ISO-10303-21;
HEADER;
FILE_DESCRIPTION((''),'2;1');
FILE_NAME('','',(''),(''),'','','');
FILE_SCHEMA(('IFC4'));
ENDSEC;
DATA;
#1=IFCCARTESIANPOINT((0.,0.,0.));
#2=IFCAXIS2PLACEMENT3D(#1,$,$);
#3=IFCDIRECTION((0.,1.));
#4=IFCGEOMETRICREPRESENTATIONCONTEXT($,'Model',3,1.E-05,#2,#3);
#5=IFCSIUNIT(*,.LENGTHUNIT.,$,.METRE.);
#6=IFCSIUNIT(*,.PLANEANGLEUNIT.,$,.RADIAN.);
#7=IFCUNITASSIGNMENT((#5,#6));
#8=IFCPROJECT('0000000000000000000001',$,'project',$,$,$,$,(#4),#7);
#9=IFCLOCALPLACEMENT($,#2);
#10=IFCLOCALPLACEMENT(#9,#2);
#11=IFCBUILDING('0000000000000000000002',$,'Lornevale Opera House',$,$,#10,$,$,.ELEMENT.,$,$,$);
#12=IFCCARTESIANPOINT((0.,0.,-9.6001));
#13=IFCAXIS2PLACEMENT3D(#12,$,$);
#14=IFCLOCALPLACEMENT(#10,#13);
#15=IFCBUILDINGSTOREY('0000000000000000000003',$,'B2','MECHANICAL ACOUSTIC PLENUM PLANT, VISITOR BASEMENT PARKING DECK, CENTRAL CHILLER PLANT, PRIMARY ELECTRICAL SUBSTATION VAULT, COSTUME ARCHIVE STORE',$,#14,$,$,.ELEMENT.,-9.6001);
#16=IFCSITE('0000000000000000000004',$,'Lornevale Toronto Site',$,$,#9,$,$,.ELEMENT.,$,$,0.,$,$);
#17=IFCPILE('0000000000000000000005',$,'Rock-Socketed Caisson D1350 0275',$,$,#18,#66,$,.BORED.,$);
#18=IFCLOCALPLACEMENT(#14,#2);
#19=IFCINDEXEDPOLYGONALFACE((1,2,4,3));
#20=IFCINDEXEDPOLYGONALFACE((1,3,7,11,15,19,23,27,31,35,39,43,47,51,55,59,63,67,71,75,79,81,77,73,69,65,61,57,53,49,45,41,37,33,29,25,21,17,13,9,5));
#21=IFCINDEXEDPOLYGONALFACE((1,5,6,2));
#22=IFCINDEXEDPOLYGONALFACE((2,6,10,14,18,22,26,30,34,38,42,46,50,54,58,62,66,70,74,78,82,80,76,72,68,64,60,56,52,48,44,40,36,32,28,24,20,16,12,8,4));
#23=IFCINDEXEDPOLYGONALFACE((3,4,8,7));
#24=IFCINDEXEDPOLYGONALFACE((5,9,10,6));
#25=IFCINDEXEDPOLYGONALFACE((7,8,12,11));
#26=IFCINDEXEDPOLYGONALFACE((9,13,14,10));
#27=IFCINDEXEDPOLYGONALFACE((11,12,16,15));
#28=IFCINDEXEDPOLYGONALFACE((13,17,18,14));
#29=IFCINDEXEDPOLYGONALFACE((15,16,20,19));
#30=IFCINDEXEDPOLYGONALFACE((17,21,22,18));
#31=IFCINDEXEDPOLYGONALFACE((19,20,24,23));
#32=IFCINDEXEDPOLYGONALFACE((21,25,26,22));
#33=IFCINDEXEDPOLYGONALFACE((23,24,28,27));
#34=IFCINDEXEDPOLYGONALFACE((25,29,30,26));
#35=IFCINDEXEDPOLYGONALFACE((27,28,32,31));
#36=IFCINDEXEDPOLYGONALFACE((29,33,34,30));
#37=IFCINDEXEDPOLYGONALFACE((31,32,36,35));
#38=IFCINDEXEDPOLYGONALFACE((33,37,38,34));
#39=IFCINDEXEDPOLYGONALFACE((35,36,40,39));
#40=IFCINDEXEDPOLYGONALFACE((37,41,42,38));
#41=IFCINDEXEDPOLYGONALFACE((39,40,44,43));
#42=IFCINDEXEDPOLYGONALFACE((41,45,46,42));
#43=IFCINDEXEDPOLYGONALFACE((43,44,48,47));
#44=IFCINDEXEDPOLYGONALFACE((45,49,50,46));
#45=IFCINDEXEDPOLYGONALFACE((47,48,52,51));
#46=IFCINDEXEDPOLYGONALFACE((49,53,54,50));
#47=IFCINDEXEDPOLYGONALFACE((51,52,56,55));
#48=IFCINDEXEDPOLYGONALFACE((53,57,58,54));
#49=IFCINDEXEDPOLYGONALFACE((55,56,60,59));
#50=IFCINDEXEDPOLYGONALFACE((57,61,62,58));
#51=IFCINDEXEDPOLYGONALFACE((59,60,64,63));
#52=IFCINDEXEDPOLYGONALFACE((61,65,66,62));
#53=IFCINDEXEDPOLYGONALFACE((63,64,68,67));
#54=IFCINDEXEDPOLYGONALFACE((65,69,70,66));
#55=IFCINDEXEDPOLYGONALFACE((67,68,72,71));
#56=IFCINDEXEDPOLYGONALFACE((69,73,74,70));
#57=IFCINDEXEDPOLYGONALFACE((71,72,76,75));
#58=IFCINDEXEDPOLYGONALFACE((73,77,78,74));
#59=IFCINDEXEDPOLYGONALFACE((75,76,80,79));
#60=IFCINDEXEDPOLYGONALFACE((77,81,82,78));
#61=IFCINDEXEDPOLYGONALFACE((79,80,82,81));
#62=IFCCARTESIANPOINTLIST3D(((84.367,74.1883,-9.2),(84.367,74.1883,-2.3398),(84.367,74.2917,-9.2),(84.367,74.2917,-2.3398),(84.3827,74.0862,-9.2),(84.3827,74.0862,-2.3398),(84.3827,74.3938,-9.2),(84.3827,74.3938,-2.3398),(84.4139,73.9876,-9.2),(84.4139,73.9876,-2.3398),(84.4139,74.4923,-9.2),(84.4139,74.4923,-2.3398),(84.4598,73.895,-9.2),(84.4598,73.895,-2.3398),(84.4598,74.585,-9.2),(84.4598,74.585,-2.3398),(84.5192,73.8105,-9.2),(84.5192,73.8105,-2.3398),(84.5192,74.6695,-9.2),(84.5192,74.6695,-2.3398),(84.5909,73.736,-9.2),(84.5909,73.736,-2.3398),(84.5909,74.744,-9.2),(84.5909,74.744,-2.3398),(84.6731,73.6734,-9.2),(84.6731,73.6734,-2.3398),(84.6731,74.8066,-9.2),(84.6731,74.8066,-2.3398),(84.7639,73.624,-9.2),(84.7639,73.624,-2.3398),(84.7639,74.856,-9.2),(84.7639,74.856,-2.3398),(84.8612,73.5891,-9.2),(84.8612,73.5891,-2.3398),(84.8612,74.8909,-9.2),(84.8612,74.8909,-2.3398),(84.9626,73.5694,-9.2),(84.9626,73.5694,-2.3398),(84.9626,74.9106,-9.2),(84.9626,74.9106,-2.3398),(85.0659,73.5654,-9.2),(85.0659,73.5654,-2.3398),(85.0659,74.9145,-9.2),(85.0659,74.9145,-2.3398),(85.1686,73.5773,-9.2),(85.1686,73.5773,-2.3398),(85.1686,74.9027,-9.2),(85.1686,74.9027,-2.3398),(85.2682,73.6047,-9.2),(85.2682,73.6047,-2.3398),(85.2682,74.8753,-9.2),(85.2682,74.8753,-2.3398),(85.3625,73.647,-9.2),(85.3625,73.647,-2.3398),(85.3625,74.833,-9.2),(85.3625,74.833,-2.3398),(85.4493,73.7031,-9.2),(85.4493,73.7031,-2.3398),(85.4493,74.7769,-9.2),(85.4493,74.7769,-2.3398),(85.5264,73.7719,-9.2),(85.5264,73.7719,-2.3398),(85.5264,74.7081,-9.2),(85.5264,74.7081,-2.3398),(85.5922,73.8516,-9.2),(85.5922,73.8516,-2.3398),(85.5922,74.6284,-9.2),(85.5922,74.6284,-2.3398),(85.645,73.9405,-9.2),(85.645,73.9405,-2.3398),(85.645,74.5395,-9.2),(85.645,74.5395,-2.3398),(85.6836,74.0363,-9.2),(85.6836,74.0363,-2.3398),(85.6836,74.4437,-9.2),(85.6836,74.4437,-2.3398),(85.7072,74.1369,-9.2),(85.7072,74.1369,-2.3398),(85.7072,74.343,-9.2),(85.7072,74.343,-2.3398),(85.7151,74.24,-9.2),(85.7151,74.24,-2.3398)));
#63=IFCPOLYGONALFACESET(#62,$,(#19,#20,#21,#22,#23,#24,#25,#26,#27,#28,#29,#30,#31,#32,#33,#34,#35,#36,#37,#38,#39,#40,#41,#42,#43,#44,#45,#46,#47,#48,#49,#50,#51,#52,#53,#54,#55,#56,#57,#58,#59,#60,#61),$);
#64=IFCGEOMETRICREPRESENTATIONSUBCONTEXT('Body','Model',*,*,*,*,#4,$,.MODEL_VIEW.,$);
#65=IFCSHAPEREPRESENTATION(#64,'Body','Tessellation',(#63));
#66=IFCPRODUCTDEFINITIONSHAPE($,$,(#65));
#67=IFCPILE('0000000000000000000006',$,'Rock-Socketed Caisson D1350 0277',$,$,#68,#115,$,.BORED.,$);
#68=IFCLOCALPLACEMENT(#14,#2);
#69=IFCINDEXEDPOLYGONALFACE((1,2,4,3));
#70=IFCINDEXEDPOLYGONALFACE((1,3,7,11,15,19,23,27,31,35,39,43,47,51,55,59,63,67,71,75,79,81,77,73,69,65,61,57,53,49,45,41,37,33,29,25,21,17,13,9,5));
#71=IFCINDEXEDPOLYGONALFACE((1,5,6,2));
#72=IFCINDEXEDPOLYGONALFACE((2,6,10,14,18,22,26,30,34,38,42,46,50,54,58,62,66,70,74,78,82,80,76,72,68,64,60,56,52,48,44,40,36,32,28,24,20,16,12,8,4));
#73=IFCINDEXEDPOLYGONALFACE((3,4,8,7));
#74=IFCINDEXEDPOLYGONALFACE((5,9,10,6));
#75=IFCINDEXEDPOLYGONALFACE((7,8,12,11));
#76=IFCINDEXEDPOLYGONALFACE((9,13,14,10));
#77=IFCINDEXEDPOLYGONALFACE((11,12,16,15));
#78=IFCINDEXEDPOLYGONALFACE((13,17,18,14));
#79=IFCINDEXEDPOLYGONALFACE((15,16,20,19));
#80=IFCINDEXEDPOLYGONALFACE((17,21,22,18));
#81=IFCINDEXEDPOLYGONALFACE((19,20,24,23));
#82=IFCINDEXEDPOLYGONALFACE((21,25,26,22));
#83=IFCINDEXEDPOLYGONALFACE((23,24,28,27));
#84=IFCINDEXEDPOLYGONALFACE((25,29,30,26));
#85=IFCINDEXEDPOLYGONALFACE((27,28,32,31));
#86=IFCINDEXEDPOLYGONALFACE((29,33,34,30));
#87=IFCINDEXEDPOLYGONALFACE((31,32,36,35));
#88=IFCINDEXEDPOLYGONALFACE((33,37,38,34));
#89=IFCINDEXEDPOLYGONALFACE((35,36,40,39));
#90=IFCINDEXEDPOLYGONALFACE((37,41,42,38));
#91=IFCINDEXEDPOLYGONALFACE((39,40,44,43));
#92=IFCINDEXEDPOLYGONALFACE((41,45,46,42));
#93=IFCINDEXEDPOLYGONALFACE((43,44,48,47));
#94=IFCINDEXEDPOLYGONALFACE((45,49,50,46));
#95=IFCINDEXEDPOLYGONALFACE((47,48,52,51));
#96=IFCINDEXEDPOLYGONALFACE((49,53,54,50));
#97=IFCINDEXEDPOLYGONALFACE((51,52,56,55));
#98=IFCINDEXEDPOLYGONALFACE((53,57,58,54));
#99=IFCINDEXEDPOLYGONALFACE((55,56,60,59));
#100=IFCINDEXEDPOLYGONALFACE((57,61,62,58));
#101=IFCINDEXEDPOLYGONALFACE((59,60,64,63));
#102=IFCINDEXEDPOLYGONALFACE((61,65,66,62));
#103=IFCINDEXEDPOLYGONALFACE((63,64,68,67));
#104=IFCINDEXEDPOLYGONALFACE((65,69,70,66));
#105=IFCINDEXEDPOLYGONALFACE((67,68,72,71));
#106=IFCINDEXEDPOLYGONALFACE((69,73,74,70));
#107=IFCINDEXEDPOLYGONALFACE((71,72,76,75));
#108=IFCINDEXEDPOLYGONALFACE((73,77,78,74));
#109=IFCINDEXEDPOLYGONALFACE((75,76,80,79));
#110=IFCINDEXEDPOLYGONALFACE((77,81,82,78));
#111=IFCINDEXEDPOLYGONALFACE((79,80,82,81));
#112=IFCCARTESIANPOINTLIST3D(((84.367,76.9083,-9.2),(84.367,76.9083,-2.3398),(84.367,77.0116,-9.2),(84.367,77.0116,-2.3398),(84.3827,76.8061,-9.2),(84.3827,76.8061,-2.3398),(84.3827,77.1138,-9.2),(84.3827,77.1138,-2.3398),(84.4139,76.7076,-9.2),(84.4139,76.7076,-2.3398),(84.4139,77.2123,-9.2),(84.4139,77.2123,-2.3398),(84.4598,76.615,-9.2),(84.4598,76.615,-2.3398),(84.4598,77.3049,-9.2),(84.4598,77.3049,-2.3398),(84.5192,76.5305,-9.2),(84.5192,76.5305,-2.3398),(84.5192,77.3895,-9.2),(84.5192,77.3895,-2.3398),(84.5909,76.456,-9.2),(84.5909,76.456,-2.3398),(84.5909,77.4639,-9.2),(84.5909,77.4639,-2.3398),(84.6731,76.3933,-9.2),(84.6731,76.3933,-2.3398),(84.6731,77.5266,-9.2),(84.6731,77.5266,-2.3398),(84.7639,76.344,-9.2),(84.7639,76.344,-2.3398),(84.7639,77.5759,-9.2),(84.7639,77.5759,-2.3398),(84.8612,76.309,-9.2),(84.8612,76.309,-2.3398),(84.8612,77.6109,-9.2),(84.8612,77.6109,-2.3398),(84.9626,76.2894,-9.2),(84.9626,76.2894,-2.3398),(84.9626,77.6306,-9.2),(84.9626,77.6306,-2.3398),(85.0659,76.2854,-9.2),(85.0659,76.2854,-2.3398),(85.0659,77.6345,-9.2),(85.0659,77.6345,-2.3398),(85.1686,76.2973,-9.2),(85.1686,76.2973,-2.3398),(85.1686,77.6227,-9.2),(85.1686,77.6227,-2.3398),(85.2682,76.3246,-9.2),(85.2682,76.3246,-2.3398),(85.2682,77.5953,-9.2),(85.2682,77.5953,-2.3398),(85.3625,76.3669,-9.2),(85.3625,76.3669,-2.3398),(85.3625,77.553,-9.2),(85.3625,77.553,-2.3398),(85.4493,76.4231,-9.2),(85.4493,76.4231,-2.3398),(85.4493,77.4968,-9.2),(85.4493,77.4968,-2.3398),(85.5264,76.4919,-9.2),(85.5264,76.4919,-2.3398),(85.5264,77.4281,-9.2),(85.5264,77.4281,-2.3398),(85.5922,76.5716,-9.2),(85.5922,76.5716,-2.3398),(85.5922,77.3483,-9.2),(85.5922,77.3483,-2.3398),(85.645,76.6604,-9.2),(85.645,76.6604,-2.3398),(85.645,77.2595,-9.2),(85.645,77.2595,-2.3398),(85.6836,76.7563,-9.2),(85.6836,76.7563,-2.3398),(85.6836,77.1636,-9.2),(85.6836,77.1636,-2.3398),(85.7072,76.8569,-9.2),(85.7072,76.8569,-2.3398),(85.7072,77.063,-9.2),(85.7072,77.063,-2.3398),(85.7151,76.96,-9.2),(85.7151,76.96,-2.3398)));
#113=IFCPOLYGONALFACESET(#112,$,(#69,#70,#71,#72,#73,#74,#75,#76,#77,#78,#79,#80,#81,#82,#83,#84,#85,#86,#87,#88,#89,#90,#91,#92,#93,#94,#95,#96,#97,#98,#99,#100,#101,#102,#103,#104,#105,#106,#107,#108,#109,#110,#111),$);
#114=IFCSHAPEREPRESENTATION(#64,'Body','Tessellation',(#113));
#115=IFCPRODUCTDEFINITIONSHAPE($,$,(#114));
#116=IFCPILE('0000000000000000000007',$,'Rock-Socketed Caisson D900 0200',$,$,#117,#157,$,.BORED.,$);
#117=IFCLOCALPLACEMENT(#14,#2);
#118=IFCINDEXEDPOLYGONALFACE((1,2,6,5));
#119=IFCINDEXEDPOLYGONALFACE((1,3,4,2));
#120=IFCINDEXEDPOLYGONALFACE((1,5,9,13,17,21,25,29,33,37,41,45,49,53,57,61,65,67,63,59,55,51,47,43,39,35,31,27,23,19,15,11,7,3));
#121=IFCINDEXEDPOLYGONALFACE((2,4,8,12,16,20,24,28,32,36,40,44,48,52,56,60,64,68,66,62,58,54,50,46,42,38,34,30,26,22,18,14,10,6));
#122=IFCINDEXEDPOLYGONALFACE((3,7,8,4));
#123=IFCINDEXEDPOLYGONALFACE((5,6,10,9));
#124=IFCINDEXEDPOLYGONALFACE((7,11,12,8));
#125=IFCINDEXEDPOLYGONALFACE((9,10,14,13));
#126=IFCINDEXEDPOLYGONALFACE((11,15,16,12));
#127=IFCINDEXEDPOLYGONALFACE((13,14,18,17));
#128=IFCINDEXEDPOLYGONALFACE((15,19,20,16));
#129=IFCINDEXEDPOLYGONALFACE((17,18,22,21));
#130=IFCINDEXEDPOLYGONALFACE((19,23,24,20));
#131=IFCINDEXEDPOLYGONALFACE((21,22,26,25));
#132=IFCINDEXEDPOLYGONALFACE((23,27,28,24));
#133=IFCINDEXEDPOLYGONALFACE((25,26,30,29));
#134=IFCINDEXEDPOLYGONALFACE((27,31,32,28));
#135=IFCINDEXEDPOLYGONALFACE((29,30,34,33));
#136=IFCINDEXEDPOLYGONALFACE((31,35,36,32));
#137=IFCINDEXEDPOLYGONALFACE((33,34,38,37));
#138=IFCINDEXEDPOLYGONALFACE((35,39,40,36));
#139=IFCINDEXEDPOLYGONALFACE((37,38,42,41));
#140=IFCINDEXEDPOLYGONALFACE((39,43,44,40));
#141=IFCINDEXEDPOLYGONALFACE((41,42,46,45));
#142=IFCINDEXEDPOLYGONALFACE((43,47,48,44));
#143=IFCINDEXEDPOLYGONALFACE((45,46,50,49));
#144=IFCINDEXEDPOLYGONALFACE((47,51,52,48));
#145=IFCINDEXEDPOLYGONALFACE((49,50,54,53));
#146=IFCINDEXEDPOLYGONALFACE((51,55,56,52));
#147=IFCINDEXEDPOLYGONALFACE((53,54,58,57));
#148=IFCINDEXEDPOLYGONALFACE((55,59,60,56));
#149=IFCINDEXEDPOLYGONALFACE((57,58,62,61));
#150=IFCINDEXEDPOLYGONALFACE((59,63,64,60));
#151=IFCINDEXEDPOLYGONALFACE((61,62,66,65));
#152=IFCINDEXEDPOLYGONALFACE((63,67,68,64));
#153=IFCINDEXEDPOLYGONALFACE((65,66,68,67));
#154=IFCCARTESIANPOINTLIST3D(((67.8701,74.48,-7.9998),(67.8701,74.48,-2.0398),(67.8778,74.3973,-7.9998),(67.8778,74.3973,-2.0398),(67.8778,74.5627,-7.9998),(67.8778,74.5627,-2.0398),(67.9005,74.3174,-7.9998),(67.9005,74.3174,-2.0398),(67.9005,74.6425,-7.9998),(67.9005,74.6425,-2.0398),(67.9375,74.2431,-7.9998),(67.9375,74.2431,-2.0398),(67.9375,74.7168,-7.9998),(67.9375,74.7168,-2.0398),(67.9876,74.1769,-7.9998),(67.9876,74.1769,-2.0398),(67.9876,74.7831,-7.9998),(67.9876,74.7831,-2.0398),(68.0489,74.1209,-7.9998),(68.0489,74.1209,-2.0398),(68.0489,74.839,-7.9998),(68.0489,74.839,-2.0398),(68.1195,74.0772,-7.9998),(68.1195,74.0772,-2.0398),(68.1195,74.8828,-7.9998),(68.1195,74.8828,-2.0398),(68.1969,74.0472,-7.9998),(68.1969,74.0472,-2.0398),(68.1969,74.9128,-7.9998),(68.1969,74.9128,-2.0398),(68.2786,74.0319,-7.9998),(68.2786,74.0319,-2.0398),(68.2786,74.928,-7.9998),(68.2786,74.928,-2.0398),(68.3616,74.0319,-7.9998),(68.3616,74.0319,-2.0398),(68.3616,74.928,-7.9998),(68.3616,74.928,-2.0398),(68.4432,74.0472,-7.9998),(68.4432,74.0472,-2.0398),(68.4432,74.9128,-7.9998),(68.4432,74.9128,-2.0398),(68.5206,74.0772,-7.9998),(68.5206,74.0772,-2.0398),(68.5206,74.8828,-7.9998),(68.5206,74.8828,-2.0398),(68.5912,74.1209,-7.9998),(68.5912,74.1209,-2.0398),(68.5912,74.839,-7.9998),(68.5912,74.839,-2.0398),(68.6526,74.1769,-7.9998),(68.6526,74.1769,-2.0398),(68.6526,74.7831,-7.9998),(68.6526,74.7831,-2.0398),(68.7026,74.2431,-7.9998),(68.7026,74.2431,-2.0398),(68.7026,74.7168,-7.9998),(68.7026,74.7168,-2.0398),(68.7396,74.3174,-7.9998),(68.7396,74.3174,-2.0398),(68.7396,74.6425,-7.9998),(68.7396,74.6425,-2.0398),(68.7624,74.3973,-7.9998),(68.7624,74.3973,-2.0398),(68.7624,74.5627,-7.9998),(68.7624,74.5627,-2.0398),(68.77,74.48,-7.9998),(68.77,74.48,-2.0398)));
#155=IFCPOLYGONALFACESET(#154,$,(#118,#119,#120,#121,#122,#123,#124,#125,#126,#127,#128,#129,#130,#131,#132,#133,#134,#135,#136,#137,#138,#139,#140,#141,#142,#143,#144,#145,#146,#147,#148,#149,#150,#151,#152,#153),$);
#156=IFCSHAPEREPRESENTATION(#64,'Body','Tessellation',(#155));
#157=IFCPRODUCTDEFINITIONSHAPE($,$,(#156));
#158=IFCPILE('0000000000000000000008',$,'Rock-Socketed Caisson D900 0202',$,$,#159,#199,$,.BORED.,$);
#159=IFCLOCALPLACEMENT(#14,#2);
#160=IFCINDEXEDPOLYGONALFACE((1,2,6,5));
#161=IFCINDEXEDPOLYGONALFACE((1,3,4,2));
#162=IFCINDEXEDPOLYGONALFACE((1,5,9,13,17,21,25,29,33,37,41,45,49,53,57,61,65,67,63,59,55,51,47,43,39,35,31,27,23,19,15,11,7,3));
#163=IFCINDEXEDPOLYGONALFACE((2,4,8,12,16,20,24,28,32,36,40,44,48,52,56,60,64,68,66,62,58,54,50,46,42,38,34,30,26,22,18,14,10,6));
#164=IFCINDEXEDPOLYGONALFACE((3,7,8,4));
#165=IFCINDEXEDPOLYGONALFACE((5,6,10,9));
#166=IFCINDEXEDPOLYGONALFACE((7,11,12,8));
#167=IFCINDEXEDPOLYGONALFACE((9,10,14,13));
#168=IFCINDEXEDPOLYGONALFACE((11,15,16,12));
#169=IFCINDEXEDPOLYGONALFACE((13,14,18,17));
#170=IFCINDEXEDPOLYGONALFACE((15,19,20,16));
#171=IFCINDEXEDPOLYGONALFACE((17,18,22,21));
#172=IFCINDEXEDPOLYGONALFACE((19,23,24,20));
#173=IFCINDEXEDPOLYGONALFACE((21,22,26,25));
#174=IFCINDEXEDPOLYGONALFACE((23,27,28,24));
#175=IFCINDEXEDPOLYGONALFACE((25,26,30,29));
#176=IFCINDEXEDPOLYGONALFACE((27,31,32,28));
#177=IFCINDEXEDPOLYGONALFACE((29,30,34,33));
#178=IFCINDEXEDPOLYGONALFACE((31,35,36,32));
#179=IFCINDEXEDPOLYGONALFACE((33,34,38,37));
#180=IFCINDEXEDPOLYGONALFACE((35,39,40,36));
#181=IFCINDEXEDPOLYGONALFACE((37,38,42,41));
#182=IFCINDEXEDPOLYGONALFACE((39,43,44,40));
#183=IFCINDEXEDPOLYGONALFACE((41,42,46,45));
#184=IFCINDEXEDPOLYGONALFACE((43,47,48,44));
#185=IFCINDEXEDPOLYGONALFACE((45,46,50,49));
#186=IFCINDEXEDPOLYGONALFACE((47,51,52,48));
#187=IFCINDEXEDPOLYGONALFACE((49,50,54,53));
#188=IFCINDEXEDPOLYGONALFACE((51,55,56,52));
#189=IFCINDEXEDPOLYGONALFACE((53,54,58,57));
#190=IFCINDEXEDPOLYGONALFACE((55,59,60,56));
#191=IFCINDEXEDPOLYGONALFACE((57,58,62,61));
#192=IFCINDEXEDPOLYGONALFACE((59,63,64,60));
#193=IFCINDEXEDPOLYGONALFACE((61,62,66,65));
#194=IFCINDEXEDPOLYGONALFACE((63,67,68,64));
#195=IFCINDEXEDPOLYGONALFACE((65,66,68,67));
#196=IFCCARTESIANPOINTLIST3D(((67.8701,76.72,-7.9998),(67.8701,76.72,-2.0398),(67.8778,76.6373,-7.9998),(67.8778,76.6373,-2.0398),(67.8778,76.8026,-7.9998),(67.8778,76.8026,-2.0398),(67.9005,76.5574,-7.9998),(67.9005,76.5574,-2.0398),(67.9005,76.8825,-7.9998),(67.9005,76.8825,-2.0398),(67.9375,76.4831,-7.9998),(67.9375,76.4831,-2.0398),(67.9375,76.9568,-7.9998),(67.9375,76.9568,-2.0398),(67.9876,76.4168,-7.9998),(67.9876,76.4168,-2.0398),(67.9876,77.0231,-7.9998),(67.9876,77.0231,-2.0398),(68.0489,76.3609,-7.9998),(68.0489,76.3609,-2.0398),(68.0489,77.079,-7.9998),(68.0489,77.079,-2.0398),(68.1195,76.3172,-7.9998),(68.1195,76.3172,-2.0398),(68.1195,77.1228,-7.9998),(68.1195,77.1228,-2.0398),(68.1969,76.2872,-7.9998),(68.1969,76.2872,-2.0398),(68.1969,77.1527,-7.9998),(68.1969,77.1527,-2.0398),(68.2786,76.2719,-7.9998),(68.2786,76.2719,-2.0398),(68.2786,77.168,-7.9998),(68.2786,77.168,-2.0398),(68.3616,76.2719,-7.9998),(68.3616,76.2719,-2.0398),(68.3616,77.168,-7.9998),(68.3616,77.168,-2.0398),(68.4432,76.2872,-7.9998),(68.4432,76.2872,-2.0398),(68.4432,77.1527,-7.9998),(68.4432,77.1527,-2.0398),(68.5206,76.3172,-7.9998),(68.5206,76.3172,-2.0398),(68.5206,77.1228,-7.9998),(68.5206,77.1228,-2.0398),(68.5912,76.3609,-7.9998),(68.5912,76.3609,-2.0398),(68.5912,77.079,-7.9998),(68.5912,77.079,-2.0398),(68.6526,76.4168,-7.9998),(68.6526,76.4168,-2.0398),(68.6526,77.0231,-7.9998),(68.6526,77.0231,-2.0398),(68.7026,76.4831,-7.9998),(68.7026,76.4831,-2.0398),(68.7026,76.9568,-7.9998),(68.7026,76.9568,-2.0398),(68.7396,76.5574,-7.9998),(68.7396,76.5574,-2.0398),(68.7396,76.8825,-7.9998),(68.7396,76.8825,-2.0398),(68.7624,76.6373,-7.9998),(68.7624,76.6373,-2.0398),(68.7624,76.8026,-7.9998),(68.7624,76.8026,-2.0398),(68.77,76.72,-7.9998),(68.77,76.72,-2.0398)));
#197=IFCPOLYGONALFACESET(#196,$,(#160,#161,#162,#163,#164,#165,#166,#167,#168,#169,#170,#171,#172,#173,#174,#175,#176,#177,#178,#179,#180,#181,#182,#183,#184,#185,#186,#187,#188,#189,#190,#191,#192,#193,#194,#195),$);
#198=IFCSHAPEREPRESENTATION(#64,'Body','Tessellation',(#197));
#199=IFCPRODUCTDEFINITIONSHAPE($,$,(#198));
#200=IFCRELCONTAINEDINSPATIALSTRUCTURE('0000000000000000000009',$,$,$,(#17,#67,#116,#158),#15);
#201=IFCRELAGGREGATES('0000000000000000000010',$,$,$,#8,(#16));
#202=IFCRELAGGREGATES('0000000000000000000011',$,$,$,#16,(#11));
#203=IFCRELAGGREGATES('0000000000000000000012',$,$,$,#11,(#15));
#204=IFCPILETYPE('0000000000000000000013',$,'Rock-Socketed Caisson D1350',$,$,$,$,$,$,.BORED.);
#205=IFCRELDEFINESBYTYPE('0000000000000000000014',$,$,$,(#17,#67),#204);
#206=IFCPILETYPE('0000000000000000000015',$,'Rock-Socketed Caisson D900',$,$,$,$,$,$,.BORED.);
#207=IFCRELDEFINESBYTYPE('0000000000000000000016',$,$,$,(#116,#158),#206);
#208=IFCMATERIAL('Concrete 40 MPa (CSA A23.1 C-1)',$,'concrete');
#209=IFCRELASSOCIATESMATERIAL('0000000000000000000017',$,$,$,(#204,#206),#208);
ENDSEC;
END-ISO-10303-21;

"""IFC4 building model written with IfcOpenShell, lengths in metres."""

from ifc_helpers import new_model, si_unit, direction, frame, origin, origin_2d, place, context, subcontext, project, spatial, circle, extrude, material, material_profile, profile_set, type_object, element, save


model = new_model("IFC4")

# Units and contexts
model_context = context("Model", 3, precision=1e-05, world=origin(), true_north=direction((0.0, 1.0)))
body_context = subcontext(model_context, "Body", "Model", "MODEL_VIEW")
ifc_project = project(units=[si_unit("LENGTHUNIT", "METRE"), si_unit("PLANEANGLEUNIT", "RADIAN")], contexts=[model_context])

# Site, building, storey
site_placement = place(None, origin())
site = spatial("IfcSite", under=ifc_project, at=site_placement, Name="Lornevale Toronto Site", CompositionType="ELEMENT", RefElevation=0.0)
building_placement = place(site_placement, origin())
building = spatial("IfcBuilding", under=site, at=building_placement, Name="Lornevale Opera House", CompositionType="ELEMENT")
storey_placement = place(building_placement, frame((0.0, 0.0, -9.6001)))
storey = spatial("IfcBuildingStorey", under=building, at=storey_placement, Name="B2", Description="MECHANICAL ACOUSTIC PLENUM PLANT, VISITOR BASEMENT PARKING DECK, CENTRAL CHILLER PLANT, PRIMARY ELECTRICAL SUBSTATION VAULT, COSTUME ARCHIVE STORE", CompositionType="ELEMENT", Elevation=-9.6001)

# Piles
ifc_material_1 = material(Name="Concrete 40 MPa (CSA A23.1 C-1)", Category="concrete")
ifc_material_profile_1 = material_profile(ifc_material_1, circle(Radius=0.675, at=origin_2d()), Name="CAIS1350")
ifc_profile_set_1 = profile_set([ifc_material_profile_1], Name="Concrete 40 MPa (CSA A23.1 C-1)")
pile_type_1 = type_object("IfcPileType", Name="Rock-Socketed Caisson D1350", PredefinedType="BORED", material=ifc_profile_set_1)
for number, where, z_axis, x_axis, name in (
    (1, (85.04, 74.24, -2.3398), (0.0, 0.0, -1.0), (1.0, 0.0, 0.0), "Rock-Socketed Caisson D1350 0275"),
    (2, (85.04, 76.96, -2.3398), (0.0, 0.0, -1.0), (1.0, 0.0, 0.0), "Rock-Socketed Caisson D1350 0277"),
):
    element("IfcPile", number, at=place(storey_placement, frame(where, z_axis=z_axis, x_axis=x_axis)), inside=storey, type_object=pile_type_1, Name=name, PredefinedType="BORED", context=body_context, shape_type="SweptSolid", body=[
        extrude(circle(Radius=0.675, at=origin_2d()), origin(), (0.0, 0.0, 1.0), 6.8601),
    ])
ifc_material_profile_2 = material_profile(ifc_material_1, circle(Radius=0.45, at=origin_2d()), Name="CAIS900")
ifc_profile_set_2 = profile_set([ifc_material_profile_2], Name="Concrete 40 MPa (CSA A23.1 C-1)")
pile_type_2 = type_object("IfcPileType", Name="Rock-Socketed Caisson D900", PredefinedType="BORED", material=ifc_profile_set_2)
for number, where, z_axis, x_axis, name in (
    (3, (68.3201, 74.48, -2.0398), (0.0, 0.0, -1.0), (1.0, 0.0, 0.0), "Rock-Socketed Caisson D900 0200"),
    (4, (68.3201, 76.72, -2.0398), (0.0, 0.0, -1.0), (1.0, 0.0, 0.0), "Rock-Socketed Caisson D900 0202"),
):
    element("IfcPile", number, at=place(storey_placement, frame(where, z_axis=z_axis, x_axis=x_axis)), inside=storey, type_object=pile_type_2, Name=name, PredefinedType="BORED", context=body_context, shape_type="SweptSolid", body=[
        extrude(circle(Radius=0.45, at=origin_2d()), origin(), (0.0, 0.0, 1.0), 5.96),
    ])

save(model, "model.ifc")
